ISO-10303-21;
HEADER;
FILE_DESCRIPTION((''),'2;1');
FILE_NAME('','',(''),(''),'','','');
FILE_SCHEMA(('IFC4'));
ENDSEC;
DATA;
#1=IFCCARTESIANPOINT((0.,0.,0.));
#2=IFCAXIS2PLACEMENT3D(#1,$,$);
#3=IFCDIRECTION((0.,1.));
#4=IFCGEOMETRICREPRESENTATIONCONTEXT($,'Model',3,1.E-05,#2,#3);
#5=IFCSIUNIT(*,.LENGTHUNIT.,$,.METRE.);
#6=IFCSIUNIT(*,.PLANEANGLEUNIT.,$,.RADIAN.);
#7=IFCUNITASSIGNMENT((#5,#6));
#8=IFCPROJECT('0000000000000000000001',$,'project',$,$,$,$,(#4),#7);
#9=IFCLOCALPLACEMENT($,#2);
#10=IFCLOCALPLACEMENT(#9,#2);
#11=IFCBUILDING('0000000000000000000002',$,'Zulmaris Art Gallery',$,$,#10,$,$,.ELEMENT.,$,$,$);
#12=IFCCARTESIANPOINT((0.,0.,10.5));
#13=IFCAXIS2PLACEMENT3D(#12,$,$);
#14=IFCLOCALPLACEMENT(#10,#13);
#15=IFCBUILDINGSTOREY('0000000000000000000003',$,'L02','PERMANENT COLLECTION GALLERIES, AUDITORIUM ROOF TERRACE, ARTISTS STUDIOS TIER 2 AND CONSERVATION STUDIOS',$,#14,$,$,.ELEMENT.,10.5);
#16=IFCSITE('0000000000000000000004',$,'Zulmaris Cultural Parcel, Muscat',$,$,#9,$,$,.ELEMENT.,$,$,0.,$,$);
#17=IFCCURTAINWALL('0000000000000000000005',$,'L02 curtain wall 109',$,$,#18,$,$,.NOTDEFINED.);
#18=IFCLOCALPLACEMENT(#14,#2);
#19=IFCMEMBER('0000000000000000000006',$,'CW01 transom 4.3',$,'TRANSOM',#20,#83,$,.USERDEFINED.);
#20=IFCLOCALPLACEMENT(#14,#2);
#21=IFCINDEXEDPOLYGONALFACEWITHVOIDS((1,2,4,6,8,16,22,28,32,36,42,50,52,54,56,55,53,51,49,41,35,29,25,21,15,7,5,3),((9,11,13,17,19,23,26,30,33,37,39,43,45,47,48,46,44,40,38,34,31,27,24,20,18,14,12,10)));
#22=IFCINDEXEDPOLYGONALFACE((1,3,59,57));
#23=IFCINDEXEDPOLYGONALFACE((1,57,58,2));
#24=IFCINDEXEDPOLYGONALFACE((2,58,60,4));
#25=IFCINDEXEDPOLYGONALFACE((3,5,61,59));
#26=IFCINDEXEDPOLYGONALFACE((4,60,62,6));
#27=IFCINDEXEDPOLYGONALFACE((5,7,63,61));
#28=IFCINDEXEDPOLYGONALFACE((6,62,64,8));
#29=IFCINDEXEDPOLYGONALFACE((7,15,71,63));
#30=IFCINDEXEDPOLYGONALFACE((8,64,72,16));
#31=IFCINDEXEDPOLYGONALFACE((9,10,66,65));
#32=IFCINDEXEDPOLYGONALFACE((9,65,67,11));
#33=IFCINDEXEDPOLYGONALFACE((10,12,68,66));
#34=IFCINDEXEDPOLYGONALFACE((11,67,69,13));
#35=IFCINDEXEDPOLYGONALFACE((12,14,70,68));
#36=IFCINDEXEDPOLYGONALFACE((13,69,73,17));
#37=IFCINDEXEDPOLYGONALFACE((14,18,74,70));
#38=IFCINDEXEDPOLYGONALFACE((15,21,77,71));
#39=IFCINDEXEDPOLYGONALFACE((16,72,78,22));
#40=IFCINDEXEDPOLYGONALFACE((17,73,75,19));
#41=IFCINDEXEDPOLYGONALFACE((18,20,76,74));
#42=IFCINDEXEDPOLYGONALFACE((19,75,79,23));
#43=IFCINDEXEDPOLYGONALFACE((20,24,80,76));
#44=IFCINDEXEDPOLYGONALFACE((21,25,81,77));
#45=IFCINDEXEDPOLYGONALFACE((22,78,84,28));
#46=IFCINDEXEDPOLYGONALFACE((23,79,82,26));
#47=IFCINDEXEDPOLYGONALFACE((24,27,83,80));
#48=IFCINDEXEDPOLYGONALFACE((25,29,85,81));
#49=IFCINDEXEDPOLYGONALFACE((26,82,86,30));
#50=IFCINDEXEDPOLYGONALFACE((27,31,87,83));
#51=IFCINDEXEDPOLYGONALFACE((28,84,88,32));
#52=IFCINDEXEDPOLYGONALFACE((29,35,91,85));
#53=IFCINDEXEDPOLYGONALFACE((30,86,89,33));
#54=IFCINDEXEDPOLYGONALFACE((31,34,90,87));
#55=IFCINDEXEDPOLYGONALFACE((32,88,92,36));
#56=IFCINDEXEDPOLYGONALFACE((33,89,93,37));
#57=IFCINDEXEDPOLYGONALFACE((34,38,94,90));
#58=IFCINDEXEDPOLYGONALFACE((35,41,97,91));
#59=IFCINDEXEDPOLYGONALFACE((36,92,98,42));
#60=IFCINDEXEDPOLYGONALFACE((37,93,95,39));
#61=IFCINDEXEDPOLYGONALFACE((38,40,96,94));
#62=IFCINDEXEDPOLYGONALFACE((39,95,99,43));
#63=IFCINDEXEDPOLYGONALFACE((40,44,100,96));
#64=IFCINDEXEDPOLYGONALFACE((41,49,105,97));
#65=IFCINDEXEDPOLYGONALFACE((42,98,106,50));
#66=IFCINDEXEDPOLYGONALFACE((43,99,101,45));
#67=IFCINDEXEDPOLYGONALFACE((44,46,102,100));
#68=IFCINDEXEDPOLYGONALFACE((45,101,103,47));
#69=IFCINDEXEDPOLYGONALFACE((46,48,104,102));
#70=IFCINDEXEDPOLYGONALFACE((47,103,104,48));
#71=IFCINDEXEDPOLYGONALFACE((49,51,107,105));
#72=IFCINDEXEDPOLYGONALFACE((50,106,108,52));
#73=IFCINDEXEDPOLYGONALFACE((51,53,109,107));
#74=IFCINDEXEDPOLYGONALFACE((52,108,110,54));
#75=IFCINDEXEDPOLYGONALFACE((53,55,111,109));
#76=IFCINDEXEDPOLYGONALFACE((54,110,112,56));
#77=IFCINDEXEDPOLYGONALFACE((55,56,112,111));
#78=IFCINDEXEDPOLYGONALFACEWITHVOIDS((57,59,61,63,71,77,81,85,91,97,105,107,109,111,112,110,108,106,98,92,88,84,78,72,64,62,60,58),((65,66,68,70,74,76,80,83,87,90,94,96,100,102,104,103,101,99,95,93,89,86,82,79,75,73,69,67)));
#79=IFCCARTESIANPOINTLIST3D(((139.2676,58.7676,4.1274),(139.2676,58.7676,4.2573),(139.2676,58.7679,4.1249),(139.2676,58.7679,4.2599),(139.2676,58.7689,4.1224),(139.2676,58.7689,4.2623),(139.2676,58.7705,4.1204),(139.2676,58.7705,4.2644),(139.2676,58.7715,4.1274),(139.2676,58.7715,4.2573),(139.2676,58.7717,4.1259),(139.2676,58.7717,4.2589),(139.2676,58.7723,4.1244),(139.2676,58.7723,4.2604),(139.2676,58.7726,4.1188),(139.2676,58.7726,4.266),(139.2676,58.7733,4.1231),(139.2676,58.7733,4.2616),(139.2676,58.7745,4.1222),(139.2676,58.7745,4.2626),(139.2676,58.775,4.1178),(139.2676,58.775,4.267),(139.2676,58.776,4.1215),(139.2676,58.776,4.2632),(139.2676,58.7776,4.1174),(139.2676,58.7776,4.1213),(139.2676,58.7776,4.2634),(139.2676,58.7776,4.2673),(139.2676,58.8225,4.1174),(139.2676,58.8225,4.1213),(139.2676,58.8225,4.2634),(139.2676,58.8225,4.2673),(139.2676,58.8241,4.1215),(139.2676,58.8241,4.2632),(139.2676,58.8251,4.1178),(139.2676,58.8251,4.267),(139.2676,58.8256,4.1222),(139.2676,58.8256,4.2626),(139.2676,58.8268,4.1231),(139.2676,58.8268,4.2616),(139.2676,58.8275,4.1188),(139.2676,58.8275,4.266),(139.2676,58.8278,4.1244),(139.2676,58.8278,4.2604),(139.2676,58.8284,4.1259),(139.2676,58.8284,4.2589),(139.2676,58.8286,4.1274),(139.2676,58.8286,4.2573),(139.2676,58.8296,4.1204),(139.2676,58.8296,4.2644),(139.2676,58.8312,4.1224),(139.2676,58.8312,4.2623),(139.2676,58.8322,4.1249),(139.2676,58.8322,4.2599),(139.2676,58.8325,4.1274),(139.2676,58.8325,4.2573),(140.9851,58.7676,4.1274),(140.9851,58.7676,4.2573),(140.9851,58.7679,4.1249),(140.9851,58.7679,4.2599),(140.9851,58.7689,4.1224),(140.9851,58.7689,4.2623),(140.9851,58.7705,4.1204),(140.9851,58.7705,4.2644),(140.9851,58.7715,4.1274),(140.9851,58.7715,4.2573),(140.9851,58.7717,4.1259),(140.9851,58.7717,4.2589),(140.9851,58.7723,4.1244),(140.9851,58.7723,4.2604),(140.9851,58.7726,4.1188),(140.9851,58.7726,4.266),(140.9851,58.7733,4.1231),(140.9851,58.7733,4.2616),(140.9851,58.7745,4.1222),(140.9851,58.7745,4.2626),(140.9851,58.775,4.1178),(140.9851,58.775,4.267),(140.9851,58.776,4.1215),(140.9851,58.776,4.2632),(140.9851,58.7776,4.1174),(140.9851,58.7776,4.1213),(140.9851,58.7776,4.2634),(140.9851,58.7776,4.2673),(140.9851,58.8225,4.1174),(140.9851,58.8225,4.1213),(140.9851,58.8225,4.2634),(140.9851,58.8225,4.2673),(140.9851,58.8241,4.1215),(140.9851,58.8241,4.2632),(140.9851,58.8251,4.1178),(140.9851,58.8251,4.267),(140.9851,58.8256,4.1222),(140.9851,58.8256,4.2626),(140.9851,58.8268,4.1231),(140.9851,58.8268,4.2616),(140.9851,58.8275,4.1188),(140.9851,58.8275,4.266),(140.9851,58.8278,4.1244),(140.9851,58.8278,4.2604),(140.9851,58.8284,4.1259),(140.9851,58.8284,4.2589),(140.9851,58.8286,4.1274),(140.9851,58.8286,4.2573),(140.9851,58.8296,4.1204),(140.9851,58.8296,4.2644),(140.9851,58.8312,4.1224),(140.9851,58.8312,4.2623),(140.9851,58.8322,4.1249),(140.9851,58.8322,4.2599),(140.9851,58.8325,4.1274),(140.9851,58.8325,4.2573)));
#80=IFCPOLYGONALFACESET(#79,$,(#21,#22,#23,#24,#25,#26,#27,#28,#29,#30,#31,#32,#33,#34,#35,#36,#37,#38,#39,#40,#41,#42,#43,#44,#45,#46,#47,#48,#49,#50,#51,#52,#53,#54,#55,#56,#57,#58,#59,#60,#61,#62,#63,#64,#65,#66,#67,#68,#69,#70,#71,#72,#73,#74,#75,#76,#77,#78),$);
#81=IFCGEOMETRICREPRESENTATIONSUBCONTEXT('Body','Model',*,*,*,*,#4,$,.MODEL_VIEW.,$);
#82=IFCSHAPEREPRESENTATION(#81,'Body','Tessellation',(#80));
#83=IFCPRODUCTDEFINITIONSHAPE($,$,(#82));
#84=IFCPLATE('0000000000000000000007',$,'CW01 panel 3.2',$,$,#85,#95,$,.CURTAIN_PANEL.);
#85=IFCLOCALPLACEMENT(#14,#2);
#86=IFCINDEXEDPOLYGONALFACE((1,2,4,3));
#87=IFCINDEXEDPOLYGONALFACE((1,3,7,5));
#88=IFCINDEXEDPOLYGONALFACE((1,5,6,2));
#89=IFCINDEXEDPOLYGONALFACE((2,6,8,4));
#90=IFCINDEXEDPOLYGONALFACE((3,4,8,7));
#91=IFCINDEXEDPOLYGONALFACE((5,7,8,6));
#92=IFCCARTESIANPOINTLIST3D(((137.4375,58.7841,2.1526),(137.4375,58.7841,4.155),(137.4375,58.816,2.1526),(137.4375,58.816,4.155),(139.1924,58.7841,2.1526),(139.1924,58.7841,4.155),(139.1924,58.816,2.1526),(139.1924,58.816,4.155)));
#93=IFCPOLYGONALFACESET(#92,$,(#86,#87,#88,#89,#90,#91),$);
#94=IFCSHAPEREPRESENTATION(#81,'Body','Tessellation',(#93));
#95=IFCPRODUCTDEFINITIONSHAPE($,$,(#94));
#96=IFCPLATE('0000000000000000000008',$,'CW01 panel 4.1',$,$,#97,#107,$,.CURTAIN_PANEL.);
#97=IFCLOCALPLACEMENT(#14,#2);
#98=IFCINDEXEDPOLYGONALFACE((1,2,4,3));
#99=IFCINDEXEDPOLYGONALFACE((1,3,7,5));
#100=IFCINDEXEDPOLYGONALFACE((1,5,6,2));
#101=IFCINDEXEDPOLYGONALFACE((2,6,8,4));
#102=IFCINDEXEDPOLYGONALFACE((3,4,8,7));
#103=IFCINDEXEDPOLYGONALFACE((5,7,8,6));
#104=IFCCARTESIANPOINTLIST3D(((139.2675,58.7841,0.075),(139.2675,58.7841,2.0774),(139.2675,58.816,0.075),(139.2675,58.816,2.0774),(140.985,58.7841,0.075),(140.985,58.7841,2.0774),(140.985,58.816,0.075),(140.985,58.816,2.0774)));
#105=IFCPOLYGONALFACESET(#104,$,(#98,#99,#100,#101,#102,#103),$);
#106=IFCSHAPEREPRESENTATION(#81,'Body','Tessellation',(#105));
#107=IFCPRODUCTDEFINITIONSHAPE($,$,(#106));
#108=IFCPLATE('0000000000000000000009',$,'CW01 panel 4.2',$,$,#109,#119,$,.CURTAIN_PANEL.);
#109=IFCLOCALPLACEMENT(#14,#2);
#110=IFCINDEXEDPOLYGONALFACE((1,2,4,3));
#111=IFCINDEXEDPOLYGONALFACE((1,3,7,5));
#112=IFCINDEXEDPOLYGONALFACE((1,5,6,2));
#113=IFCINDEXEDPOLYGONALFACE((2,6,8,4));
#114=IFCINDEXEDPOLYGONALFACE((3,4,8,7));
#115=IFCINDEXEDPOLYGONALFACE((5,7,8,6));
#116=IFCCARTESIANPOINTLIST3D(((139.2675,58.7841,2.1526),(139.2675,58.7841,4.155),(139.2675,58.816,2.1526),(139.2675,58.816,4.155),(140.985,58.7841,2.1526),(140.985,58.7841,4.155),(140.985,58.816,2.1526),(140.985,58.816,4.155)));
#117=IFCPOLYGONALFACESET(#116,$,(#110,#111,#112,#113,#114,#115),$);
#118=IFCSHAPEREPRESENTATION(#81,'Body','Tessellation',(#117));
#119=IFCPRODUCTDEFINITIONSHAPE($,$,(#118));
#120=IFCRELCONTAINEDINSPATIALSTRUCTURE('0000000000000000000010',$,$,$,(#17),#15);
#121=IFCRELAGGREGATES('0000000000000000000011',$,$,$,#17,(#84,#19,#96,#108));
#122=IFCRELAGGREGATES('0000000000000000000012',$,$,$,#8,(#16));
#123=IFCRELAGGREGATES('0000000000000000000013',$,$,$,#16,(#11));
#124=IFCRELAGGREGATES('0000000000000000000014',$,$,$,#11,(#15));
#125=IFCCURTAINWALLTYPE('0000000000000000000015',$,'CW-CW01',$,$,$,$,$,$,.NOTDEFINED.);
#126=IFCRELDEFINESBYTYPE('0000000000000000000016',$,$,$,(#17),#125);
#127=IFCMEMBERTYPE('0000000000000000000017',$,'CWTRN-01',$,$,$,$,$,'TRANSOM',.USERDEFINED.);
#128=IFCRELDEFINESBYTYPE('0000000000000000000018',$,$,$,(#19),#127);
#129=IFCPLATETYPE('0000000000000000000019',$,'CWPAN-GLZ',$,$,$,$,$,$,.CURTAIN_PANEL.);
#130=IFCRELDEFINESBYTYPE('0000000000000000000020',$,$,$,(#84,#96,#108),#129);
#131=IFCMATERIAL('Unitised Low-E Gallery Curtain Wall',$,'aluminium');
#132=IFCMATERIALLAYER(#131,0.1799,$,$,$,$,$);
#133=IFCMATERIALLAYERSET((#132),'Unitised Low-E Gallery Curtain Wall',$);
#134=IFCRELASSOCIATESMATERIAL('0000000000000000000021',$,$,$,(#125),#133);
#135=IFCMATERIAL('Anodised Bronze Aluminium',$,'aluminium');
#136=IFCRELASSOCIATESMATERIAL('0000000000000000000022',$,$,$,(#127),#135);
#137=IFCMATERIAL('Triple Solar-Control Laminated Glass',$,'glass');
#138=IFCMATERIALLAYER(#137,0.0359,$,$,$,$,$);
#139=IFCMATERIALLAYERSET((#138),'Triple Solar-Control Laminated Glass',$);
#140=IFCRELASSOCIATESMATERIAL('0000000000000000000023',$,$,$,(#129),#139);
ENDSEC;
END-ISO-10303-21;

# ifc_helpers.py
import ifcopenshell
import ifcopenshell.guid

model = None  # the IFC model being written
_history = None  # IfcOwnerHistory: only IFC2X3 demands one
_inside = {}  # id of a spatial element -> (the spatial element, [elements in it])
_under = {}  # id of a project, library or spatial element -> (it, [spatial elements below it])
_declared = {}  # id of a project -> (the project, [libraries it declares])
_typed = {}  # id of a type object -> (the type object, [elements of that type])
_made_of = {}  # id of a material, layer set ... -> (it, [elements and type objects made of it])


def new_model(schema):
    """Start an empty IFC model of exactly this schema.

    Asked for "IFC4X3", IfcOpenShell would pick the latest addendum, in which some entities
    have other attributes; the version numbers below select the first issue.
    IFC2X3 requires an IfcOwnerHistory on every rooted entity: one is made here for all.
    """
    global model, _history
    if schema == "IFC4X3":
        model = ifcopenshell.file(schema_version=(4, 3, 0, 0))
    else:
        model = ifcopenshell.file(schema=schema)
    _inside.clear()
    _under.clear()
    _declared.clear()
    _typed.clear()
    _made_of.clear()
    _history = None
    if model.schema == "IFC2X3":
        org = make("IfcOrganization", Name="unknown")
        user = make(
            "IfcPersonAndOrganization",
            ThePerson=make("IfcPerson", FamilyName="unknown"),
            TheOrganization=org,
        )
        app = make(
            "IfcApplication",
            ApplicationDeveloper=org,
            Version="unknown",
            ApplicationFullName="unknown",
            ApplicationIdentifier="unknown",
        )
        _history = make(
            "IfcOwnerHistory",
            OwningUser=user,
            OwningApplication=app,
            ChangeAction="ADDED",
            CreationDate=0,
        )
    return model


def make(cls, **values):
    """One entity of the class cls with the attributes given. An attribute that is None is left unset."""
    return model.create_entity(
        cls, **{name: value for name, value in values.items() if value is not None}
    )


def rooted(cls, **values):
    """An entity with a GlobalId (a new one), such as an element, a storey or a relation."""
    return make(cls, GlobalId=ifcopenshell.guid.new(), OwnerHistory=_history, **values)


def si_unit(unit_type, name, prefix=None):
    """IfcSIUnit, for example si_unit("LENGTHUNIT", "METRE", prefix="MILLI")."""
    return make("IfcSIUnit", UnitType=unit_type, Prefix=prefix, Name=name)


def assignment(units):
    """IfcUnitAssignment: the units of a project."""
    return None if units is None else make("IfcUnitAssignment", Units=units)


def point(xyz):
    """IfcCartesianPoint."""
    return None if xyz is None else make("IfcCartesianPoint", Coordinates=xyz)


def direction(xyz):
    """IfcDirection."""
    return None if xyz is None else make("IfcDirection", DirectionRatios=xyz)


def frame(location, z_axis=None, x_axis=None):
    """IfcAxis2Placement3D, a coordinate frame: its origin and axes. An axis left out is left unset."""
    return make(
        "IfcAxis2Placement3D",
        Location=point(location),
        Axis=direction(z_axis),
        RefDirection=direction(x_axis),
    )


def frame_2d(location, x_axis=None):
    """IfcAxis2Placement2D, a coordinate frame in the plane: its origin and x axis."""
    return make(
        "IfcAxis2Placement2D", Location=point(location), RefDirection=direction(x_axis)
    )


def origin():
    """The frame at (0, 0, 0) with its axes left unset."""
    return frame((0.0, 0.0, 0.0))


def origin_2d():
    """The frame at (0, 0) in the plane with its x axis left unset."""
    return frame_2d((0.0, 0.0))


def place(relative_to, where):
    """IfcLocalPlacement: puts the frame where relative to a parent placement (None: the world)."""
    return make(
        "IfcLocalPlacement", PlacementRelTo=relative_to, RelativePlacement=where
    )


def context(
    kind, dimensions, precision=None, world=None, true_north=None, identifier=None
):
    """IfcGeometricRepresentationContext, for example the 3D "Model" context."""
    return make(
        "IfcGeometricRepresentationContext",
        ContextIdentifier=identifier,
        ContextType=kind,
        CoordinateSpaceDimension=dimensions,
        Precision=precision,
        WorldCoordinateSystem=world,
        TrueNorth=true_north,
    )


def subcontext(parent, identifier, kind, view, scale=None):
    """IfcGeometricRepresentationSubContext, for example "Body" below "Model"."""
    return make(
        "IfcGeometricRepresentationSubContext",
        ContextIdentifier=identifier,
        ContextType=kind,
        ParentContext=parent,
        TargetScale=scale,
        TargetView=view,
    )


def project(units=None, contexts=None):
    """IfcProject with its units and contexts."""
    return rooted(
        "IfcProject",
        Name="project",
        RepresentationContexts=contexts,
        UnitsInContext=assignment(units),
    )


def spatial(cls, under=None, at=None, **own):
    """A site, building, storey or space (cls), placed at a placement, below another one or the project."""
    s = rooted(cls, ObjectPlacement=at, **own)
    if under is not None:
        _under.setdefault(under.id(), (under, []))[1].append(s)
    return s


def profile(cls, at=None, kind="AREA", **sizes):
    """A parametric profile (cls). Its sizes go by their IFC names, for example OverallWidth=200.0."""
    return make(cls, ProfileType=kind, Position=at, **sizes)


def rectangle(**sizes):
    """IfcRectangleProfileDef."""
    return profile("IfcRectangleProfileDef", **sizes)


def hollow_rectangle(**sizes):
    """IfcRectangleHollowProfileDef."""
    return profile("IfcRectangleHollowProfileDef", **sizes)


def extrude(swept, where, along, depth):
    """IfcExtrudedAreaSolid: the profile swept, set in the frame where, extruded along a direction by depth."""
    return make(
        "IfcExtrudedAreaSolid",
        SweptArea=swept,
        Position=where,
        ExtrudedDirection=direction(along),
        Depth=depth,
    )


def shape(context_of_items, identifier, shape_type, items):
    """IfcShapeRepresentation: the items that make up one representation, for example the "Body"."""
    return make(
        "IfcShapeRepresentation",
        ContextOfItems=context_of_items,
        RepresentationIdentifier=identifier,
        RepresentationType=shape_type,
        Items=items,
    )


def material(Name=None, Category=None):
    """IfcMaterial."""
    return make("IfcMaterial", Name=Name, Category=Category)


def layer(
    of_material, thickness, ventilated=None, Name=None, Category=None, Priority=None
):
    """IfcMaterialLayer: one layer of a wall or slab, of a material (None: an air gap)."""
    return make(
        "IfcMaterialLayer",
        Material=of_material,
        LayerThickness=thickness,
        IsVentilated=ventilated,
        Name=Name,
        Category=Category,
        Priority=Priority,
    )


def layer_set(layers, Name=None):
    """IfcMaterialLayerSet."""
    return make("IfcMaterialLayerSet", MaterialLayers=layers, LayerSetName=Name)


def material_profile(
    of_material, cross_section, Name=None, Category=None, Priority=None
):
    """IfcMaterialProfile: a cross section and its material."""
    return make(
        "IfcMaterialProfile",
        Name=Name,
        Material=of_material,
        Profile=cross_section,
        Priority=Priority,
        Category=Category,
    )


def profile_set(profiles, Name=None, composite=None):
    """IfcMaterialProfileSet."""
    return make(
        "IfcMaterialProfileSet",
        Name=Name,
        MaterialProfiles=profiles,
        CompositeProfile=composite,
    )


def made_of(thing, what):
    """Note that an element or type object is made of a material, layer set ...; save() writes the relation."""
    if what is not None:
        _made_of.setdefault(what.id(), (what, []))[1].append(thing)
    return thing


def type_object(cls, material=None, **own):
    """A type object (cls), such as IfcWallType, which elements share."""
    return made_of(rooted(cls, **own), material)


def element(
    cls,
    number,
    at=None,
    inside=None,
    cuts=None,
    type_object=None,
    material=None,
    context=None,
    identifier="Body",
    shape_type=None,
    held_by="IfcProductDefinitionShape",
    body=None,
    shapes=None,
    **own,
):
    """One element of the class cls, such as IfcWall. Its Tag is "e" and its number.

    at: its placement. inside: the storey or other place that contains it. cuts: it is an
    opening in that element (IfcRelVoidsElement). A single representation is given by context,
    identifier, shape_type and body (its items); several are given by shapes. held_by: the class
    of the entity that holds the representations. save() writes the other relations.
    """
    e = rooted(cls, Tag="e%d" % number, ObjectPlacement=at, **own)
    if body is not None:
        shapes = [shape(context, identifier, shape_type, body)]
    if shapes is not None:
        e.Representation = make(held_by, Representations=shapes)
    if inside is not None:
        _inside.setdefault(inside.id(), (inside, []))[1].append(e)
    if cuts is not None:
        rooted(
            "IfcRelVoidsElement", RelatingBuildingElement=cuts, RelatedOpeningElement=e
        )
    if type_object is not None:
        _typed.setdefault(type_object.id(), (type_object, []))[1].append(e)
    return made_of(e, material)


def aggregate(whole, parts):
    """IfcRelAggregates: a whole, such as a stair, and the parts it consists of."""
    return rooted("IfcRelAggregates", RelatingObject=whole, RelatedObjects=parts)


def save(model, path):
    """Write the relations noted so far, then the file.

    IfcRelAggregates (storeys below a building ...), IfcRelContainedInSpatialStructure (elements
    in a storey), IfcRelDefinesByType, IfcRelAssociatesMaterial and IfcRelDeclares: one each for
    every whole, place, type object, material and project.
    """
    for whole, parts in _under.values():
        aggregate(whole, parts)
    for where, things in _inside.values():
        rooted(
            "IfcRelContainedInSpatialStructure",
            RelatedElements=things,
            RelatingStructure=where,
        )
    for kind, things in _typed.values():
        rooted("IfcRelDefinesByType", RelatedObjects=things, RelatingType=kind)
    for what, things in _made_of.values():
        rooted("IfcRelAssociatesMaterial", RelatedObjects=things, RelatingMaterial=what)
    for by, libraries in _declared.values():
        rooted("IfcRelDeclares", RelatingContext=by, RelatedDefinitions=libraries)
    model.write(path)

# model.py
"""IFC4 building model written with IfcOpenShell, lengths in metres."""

from ifc_helpers import new_model, si_unit, direction, frame, origin, origin_2d, place, context, subcontext, project, spatial, rectangle, hollow_rectangle, extrude, material, layer, layer_set, material_profile, profile_set, type_object, element, aggregate, save


model = new_model("IFC4")

# Units and contexts
model_context = context("Model", 3, precision=1e-05, world=origin(), true_north=direction((0.0, 1.0)))
body_context = subcontext(model_context, "Body", "Model", "MODEL_VIEW")
ifc_project = project(units=[si_unit("LENGTHUNIT", "METRE"), si_unit("PLANEANGLEUNIT", "RADIAN")], contexts=[model_context])

# Site, building, storey
site_placement = place(None, origin())
site = spatial("IfcSite", under=ifc_project, at=site_placement, Name="Zulmaris Cultural Parcel, Muscat", CompositionType="ELEMENT", RefElevation=0.0)
building_placement = place(site_placement, origin())
building = spatial("IfcBuilding", under=site, at=building_placement, Name="Zulmaris Art Gallery", CompositionType="ELEMENT")
storey_placement = place(building_placement, frame((0.0, 0.0, 10.5)))
storey = spatial("IfcBuildingStorey", under=building, at=storey_placement, Name="L02", Description="PERMANENT COLLECTION GALLERIES, AUDITORIUM ROOF TERRACE, ARTISTS STUDIOS TIER 2 AND CONSERVATION STUDIOS", CompositionType="ELEMENT", Elevation=10.5)

# Curtain wall, member, plates
ifc_material_1 = material(Name="Unitised Low-E Gallery Curtain Wall", Category="aluminium")
ifc_layer_1 = layer(ifc_material_1, 0.1799)
ifc_layer_set_1 = layer_set([ifc_layer_1], Name="Unitised Low-E Gallery Curtain Wall")
curtain_wall_type = type_object("IfcCurtainWallType", Name="CW-CW01", PredefinedType="NOTDEFINED", material=ifc_layer_set_1)
curtain_wall_placement = place(storey_placement, origin())
curtain_wall = element("IfcCurtainWall", 1, at=curtain_wall_placement, inside=storey, type_object=curtain_wall_type, Name="L02 curtain wall 109", PredefinedType="NOTDEFINED")
ifc_material_2 = material(Name="Anodised Bronze Aluminium", Category="aluminium")
ifc_material_profile_1 = material_profile(ifc_material_2, hollow_rectangle(XDim=0.0649, YDim=0.1499, WallThickness=0.0039, InnerFilletRadius=0.0061, OuterFilletRadius=0.01, at=origin_2d()), Name="ALU 65x150x4")
ifc_profile_set_1 = profile_set([ifc_material_profile_1], Name="Anodised Bronze Aluminium")
member_type_1 = type_object("IfcMemberType", Name="CWTRN-01", ElementType="TRANSOM", PredefinedType="USERDEFINED", material=ifc_profile_set_1)
member_1_placement = place(storey_placement, frame((139.2676, 58.8, 4.1924), z_axis=(1.0, 0.0, 0.0), x_axis=(0.0, 1.0, 0.0)))
member_1 = element("IfcMember", 2, at=member_1_placement, type_object=member_type_1, Name="CW01 transom 4.3", ObjectType="TRANSOM", PredefinedType="USERDEFINED", context=body_context, shape_type="SweptSolid", body=[
    extrude(hollow_rectangle(XDim=0.0649, YDim=0.1499, WallThickness=0.0039, InnerFilletRadius=0.0061, OuterFilletRadius=0.01, at=origin_2d()), origin(), (0.0, 0.0, 1.0), 1.7175),
])
ifc_material_3 = material(Name="Triple Solar-Control Laminated Glass", Category="glass")
ifc_layer_2 = layer(ifc_material_3, 0.0359)
ifc_layer_set_2 = layer_set([ifc_layer_2], Name="Triple Solar-Control Laminated Glass")
plate_type = type_object("IfcPlateType", Name="CWPAN-GLZ", PredefinedType="CURTAIN_PANEL", material=ifc_layer_set_2)
plate_1_placement = place(storey_placement, frame((138.3149, 58.8, 2.1526), z_axis=(0.0, 0.0, 1.0), x_axis=(1.0, 0.0, 0.0)))
plate_1 = element("IfcPlate", 3, at=plate_1_placement, type_object=plate_type, Name="CW01 panel 3.2", PredefinedType="CURTAIN_PANEL", context=body_context, shape_type="SweptSolid", body=[
    extrude(rectangle(XDim=1.7549, YDim=0.032, at=origin_2d()), origin(), (0.0, 0.0, 1.0), 2.0024),
])
plate_2_placement = place(storey_placement, frame((140.1262, 58.8, 0.075), z_axis=(0.0, 0.0, 1.0), x_axis=(1.0, 0.0, 0.0)))
plate_2 = element("IfcPlate", 4, at=plate_2_placement, type_object=plate_type, Name="CW01 panel 4.1", PredefinedType="CURTAIN_PANEL", context=body_context, shape_type="SweptSolid", body=[
    extrude(rectangle(XDim=1.7175, YDim=0.032, at=origin_2d()), origin(), (0.0, 0.0, 1.0), 2.0024),
])
plate_3_placement = place(storey_placement, frame((140.1262, 58.8, 2.1526), z_axis=(0.0, 0.0, 1.0), x_axis=(1.0, 0.0, 0.0)))
plate_3 = element("IfcPlate", 5, at=plate_3_placement, type_object=plate_type, Name="CW01 panel 4.2", PredefinedType="CURTAIN_PANEL", context=body_context, shape_type="SweptSolid", body=[
    extrude(rectangle(XDim=1.7175, YDim=0.032, at=origin_2d()), origin(), (0.0, 0.0, 1.0), 2.0024),
])
aggregate(curtain_wall, [plate_1, member_1, plate_2, plate_3])

save(model, "model.ifc")
